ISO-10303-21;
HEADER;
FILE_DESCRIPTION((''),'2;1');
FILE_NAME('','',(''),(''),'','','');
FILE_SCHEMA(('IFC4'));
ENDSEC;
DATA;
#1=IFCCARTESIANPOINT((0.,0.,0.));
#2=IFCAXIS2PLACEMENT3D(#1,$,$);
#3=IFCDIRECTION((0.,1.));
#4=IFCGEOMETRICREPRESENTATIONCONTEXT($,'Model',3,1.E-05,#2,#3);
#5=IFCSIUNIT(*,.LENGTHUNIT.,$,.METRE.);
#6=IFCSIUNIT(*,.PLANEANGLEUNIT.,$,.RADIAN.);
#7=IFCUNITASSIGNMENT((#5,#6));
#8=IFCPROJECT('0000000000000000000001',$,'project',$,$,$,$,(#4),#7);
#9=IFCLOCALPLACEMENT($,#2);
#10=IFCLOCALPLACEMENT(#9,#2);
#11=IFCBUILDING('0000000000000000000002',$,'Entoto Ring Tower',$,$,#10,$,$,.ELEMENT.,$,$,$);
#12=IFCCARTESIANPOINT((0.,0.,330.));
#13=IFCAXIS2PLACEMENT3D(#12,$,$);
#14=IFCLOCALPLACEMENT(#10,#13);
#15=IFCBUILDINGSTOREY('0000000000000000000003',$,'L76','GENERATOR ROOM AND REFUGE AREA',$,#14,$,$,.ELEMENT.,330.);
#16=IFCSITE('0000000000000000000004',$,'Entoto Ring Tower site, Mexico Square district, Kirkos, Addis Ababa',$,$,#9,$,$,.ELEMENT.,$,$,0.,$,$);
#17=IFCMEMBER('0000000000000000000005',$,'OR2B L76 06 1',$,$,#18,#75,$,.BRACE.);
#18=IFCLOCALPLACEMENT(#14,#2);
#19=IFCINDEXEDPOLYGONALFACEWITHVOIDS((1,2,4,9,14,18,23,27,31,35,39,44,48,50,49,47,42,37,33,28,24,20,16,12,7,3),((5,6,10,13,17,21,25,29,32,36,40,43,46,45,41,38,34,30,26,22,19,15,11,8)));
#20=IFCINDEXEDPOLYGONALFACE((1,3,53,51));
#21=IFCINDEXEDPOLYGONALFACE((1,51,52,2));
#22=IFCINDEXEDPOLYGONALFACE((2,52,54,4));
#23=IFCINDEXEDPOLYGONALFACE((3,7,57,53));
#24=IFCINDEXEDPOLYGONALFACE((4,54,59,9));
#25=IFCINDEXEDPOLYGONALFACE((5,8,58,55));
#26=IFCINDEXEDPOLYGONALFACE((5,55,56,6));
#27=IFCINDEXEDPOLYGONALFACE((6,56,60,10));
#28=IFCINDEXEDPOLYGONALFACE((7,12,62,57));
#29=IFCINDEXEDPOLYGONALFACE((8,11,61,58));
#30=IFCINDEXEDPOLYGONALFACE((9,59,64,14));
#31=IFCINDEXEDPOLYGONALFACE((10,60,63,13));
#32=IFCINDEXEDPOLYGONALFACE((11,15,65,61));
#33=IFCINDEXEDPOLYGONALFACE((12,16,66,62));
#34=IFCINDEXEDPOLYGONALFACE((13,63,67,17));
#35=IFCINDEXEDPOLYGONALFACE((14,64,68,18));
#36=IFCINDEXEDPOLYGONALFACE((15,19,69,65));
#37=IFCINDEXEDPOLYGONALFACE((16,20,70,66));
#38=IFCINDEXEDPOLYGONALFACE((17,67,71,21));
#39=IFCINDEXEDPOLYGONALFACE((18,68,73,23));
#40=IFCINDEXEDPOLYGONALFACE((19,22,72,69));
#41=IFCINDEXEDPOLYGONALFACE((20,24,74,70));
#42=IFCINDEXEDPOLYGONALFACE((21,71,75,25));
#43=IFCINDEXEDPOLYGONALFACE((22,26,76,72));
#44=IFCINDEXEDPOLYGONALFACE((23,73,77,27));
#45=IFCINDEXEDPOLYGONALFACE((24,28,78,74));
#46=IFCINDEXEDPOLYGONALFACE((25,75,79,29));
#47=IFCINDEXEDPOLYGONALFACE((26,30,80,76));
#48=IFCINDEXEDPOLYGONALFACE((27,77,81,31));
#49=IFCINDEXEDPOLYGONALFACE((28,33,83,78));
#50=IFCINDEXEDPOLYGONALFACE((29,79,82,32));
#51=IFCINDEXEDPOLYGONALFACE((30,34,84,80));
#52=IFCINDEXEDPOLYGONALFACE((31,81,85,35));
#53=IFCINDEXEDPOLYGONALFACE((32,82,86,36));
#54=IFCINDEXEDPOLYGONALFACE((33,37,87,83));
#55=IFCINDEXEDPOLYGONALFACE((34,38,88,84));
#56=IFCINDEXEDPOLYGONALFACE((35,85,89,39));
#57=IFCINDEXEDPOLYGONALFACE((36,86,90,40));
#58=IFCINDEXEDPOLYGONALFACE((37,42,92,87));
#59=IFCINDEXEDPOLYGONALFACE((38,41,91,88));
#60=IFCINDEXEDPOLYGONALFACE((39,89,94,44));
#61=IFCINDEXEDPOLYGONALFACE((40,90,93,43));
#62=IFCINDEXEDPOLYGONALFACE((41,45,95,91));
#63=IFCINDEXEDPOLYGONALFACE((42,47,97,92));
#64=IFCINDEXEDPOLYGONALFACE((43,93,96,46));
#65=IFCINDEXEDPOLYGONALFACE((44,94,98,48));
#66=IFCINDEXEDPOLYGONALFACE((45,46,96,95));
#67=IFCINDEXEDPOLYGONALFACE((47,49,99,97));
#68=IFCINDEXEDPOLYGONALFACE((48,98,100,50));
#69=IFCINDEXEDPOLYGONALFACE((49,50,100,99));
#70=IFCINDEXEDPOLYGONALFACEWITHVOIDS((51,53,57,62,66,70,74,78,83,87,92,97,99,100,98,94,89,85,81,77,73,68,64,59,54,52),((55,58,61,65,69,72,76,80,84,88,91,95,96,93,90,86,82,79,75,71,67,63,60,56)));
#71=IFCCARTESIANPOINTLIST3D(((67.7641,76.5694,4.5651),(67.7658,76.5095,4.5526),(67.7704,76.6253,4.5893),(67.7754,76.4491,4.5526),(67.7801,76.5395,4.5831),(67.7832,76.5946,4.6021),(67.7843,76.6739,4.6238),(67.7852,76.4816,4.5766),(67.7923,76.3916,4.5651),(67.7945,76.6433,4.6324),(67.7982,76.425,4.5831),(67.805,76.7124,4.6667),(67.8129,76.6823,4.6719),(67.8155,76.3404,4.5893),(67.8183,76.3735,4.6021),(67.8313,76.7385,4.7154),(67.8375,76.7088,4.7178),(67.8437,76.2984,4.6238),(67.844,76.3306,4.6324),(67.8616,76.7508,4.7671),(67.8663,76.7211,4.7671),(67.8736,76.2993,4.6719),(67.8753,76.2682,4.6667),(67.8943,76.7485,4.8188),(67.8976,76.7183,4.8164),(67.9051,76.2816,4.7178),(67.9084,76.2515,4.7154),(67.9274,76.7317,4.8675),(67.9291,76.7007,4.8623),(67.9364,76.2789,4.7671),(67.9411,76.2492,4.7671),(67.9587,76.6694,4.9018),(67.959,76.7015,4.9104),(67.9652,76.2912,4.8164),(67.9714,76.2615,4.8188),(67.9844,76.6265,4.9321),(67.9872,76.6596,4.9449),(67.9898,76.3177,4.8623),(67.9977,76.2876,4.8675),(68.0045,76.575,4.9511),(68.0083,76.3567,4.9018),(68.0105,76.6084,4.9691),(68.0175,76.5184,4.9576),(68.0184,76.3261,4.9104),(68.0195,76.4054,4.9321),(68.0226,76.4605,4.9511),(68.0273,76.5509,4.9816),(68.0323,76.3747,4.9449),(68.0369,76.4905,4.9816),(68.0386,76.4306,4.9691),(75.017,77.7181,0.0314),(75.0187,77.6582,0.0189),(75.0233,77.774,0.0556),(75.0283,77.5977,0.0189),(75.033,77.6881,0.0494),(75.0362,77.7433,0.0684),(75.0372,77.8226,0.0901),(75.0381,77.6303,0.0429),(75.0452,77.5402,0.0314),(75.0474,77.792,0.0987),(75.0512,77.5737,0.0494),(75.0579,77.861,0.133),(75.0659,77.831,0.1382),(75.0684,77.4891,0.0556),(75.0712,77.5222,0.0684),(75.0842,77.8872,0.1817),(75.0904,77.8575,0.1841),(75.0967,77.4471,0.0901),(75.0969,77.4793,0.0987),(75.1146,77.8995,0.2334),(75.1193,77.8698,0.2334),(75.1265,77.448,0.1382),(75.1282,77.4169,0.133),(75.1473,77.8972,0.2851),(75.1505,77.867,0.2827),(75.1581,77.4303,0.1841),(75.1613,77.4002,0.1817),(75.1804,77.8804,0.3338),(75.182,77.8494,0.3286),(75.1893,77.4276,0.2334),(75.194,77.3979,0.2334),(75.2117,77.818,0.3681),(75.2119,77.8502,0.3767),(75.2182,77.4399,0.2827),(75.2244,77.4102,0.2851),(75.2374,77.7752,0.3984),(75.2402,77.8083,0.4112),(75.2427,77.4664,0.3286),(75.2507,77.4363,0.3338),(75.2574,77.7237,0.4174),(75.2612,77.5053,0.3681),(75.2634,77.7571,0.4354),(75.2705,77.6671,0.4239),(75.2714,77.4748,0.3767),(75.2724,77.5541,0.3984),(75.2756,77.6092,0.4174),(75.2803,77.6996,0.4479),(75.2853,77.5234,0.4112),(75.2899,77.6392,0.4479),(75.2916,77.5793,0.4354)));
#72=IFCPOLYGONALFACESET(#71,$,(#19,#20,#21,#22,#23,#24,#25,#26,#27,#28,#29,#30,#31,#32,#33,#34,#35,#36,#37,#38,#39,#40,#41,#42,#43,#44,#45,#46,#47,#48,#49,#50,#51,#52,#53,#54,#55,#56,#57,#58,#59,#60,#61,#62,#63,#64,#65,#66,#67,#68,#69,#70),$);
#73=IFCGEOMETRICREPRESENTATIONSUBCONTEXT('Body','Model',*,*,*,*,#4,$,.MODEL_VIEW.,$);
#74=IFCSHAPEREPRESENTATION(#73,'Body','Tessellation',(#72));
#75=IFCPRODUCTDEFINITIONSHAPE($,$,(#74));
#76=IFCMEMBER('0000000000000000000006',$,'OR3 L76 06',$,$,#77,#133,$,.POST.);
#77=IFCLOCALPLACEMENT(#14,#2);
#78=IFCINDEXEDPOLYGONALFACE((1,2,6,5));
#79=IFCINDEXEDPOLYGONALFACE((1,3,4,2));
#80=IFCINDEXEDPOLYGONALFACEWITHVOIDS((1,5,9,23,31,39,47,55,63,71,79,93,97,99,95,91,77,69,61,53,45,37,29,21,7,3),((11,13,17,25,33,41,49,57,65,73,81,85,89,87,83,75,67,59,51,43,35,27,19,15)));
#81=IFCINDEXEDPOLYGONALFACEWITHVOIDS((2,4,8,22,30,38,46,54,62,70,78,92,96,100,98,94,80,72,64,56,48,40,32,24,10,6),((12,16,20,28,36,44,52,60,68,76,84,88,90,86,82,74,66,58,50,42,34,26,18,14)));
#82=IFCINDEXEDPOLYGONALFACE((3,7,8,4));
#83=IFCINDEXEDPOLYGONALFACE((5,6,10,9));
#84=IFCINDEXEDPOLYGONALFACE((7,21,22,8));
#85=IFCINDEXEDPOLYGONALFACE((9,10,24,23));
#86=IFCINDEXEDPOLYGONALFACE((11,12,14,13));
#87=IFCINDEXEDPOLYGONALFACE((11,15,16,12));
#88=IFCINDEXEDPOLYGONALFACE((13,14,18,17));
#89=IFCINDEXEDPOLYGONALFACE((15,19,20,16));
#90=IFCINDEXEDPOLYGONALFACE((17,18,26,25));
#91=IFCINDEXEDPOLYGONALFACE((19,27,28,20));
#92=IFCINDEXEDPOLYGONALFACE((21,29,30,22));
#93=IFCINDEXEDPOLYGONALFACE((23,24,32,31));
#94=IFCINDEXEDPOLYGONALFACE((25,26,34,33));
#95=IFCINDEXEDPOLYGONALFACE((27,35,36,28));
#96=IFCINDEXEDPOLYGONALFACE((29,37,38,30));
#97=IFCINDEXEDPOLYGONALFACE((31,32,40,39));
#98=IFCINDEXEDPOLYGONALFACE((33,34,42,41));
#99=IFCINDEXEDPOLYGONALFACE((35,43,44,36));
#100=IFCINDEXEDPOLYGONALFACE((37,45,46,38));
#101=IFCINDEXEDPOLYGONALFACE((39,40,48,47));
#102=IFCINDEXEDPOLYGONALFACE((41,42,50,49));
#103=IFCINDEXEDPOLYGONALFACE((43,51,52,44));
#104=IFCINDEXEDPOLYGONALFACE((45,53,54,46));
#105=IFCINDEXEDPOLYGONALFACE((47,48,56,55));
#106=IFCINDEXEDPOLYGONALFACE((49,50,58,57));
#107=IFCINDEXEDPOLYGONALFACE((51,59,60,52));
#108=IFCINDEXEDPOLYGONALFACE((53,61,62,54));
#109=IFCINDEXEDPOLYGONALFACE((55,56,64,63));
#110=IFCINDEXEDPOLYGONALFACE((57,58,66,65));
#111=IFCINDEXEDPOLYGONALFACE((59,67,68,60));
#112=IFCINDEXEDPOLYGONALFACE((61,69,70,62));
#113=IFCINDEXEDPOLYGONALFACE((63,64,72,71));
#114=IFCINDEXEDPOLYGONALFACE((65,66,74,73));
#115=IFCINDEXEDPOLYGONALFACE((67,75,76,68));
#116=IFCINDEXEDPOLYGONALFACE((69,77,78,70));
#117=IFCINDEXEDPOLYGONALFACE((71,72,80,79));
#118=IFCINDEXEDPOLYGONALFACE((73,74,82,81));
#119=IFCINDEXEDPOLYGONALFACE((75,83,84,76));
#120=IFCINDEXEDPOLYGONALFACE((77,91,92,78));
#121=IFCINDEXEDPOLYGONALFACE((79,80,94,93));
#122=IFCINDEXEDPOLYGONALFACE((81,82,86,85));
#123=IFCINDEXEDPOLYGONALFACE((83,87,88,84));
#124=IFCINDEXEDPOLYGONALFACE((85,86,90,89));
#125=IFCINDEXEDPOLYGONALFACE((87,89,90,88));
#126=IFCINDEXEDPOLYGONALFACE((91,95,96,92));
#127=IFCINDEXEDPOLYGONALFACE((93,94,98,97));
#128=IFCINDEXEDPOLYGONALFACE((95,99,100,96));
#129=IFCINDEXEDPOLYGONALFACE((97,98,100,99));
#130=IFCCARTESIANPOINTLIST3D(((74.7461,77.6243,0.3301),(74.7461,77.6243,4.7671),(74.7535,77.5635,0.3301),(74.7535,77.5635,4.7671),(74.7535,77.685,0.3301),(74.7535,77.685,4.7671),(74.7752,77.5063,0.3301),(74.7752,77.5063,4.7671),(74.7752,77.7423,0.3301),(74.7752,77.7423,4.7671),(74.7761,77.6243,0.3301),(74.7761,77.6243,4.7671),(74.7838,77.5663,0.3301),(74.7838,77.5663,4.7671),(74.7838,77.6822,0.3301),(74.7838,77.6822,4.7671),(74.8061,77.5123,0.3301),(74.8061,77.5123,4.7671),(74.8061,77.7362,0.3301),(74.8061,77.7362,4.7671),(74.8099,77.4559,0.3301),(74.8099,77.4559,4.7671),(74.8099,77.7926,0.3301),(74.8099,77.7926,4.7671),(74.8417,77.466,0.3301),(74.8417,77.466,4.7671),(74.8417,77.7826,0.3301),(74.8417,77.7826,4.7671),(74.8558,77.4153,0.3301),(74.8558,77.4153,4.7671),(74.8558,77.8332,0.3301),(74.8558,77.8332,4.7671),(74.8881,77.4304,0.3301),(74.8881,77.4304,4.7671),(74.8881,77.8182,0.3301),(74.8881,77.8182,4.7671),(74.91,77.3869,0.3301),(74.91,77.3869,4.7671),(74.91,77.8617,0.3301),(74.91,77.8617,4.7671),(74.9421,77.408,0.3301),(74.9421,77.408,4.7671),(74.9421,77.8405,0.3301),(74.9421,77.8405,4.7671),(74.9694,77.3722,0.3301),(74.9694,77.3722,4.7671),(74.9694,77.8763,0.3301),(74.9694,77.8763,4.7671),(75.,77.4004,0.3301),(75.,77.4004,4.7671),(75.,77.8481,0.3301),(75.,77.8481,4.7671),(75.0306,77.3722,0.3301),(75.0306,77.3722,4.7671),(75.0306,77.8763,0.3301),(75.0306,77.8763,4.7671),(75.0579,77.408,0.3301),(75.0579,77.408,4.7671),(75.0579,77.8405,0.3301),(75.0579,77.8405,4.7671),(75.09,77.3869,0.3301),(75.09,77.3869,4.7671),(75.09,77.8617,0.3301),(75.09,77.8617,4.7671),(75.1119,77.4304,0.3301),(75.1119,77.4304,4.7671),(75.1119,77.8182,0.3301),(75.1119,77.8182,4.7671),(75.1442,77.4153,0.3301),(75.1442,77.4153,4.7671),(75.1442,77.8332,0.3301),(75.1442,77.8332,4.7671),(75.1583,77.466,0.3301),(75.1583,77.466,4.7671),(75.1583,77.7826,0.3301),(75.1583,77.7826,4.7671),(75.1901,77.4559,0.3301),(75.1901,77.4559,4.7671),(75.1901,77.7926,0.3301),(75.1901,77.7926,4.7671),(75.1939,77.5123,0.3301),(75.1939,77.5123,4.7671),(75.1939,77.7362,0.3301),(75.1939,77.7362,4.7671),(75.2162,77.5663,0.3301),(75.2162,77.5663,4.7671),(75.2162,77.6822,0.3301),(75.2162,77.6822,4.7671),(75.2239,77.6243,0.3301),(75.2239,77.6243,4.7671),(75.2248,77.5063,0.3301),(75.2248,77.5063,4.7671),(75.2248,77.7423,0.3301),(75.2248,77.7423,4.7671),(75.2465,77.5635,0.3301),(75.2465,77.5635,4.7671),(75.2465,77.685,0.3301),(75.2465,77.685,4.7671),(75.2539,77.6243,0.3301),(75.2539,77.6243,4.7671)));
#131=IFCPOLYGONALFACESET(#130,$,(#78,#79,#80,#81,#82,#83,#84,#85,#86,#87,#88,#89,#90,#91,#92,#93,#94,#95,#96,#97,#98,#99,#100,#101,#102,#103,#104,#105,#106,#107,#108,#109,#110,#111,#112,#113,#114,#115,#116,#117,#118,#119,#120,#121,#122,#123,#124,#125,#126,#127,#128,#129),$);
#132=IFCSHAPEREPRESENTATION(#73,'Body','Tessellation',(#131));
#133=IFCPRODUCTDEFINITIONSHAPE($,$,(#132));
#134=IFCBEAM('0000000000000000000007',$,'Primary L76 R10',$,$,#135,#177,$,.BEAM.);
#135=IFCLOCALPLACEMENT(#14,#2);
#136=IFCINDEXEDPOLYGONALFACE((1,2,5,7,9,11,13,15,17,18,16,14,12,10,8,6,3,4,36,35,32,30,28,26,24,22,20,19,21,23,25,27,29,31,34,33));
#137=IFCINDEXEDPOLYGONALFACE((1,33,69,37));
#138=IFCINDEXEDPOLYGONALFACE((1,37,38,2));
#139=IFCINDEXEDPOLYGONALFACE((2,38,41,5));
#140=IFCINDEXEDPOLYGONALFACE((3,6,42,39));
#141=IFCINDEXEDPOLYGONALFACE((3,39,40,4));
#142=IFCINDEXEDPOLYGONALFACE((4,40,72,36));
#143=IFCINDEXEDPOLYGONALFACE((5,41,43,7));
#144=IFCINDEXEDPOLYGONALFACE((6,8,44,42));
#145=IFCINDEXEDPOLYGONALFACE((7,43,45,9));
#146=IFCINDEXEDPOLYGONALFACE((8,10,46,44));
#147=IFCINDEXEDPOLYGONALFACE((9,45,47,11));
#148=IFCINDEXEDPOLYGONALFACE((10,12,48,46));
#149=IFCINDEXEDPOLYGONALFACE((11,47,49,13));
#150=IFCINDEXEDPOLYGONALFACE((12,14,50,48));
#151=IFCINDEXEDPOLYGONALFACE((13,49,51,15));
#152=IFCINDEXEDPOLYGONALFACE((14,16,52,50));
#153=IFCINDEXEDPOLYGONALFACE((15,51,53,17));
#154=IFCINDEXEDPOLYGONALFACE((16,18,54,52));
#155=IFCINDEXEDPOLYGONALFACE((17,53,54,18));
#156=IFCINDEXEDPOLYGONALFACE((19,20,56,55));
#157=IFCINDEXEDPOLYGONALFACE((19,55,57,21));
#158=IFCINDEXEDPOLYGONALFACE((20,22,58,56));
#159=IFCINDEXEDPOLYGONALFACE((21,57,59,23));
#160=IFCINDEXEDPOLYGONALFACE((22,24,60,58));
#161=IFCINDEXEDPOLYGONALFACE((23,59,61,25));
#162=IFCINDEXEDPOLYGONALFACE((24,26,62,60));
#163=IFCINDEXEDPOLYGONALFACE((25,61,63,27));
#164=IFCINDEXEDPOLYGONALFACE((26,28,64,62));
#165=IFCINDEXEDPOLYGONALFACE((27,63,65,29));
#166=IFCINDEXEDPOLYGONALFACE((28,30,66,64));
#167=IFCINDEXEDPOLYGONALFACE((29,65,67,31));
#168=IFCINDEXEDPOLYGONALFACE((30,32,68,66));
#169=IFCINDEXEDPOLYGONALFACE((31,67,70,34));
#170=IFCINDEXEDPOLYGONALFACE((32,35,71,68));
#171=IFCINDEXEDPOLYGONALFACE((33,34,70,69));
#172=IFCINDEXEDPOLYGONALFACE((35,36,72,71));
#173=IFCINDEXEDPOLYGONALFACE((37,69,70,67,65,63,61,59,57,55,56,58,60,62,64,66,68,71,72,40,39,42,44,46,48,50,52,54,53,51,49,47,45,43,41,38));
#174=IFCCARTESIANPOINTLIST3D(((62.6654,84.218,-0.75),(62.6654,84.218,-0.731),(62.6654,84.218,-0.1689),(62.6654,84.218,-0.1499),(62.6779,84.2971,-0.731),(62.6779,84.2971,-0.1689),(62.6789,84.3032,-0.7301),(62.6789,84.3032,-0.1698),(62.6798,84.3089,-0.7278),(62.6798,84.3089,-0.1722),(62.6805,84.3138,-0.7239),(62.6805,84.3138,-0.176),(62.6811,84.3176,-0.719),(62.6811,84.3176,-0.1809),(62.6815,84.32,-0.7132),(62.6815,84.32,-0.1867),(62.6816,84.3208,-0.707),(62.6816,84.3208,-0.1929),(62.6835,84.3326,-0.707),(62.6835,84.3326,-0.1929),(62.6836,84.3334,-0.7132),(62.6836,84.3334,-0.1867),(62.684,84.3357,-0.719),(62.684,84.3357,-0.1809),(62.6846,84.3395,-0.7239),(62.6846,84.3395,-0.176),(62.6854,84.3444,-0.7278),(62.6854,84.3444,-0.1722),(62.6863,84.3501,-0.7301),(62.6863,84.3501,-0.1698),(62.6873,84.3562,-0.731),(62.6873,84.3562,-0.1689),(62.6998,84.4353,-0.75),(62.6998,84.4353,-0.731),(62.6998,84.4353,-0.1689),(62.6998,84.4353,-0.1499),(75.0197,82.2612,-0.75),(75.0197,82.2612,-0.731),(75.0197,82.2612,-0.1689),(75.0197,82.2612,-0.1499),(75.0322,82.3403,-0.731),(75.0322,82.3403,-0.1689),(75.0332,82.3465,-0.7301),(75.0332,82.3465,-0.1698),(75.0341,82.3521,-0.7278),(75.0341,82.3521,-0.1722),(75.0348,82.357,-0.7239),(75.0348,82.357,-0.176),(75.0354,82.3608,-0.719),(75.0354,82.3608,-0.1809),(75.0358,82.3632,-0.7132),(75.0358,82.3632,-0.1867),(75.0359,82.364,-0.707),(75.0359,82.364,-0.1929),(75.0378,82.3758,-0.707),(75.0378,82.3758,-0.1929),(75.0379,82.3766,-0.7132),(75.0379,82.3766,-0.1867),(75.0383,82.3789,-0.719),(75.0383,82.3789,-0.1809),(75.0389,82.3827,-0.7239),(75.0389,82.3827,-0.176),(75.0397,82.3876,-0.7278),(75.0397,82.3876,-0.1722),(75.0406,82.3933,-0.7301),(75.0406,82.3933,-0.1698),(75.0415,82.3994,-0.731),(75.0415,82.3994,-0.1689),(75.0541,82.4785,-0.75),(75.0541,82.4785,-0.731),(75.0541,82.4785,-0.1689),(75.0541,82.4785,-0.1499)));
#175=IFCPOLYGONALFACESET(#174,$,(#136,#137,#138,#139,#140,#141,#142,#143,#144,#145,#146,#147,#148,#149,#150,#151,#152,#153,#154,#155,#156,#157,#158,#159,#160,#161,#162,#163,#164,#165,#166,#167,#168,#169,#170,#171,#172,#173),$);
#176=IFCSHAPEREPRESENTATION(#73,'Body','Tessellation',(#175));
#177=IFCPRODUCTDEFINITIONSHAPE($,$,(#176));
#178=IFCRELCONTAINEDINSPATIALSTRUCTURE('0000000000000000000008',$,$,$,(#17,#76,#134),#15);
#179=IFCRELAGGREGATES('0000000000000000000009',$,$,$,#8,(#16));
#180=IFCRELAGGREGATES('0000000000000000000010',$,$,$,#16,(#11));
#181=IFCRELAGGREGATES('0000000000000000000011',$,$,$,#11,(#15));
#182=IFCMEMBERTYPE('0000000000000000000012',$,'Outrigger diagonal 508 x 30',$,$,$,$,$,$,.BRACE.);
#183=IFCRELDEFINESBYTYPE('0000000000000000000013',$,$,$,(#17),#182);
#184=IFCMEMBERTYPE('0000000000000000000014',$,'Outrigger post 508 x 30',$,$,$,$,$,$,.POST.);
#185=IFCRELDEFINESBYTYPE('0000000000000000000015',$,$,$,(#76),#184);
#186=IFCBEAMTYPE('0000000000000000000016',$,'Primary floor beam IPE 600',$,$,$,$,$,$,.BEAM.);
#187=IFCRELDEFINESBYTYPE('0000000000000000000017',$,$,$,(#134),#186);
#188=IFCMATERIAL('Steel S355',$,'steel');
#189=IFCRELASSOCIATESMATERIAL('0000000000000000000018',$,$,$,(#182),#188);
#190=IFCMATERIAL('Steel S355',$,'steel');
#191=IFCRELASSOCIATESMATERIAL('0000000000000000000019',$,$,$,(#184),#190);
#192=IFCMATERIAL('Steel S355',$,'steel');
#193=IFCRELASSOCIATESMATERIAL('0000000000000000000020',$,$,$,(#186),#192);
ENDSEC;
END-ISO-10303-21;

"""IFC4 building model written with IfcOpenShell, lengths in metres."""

from ifc_helpers import new_model, si_unit, direction, frame, origin, origin_2d, place, context, subcontext, project, spatial, circle, hollow_circle, i_section, extrude, material, material_profile, profile_set, type_object, element, save


model = new_model("IFC4")

# Units and contexts
model_context = context("Model", 3, precision=1e-05, world=origin(), true_north=direction((0.0, 1.0)))
body_context = subcontext(model_context, "Body", "Model", "MODEL_VIEW")
ifc_project = project(units=[si_unit("LENGTHUNIT", "METRE"), si_unit("PLANEANGLEUNIT", "RADIAN")], contexts=[model_context])

# Site, building, storey
site_placement = place(None, origin())
site = spatial("IfcSite", under=ifc_project, at=site_placement, Name="Entoto Ring Tower site, Mexico Square district, Kirkos, Addis Ababa", CompositionType="ELEMENT", RefElevation=0.0)
building_placement = place(site_placement, origin())
building = spatial("IfcBuilding", under=site, at=building_placement, Name="Entoto Ring Tower", CompositionType="ELEMENT")
storey_placement = place(building_placement, frame((0.0, 0.0, 330.0)))
storey = spatial("IfcBuildingStorey", under=building, at=storey_placement, Name="L76", Description="GENERATOR ROOM AND REFUGE AREA", CompositionType="ELEMENT", Elevation=330.0)

# Members
ifc_material_1 = material(Name="Steel S355", Category="steel")
ifc_material_profile_1 = material_profile(ifc_material_1, hollow_circle(Radius=0.2539, WallThickness=0.03, at=origin_2d()), Name="CHS 508 x 30")
ifc_material_2 = material(Name="Concrete C60/75", Category="concrete")
ifc_material_profile_2 = material_profile(ifc_material_2, circle(Radius=0.2241, at=origin_2d()), Name="Concrete C60/75 infill")
ifc_profile_set_1 = profile_set([ifc_material_profile_1, ifc_material_profile_2], Name="Steel S355")
member_type_1 = type_object("IfcMemberType", Name="Outrigger diagonal 508 x 30", PredefinedType="BRACE", material=ifc_profile_set_1)
member_1_placement = place(storey_placement, frame((75.1543, 77.6487, 0.2334), z_axis=(-0.840421, -0.133102, 0.525334), x_axis=(0.156425, -0.98769, 0.0)))
element("IfcMember", 1, at=member_1_placement, inside=storey, type_object=member_type_1, Name="OR2B L76 06 1", PredefinedType="BRACE", context=body_context, shape_type="SweptSolid", body=[
    extrude(hollow_circle(Radius=0.2539, WallThickness=0.03, at=origin_2d()), origin(), (0.0, 0.0, 1.0), 8.6301),
])
ifc_material_3 = material(Name="Steel S355", Category="steel")
ifc_material_profile_3 = material_profile(ifc_material_3, hollow_circle(Radius=0.2539, WallThickness=0.03, at=origin_2d()), Name="CHS 508 x 30")
ifc_material_4 = material(Name="Concrete C60/75", Category="concrete")
ifc_material_profile_4 = material_profile(ifc_material_4, circle(Radius=0.2241, at=origin_2d()), Name="Concrete C60/75 infill")
ifc_profile_set_2 = profile_set([ifc_material_profile_3, ifc_material_profile_4], Name="Steel S355")
member_type_2 = type_object("IfcMemberType", Name="Outrigger post 508 x 30", PredefinedType="POST", material=ifc_profile_set_2)
member_2_placement = place(storey_placement, frame((75.0, 77.6243, 0.3301), z_axis=(0.0, 0.0, 1.0), x_axis=(1.0, 0.0, 0.0)))
element("IfcMember", 2, at=member_2_placement, inside=storey, type_object=member_type_2, Name="OR3 L76 06", PredefinedType="POST", context=body_context, shape_type="SweptSolid", body=[
    extrude(hollow_circle(Radius=0.2539, WallThickness=0.03, at=origin_2d()), origin(), (0.0, 0.0, 1.0), 4.437),
])

# Beam
ifc_material_5 = material(Name="Steel S355", Category="steel")
ifc_material_profile_5 = material_profile(ifc_material_5, i_section(OverallWidth=0.22, OverallDepth=0.6001, WebThickness=0.012, FlangeThickness=0.019, FilletRadius=0.0239, at=origin_2d()), Name="IPE 600")
ifc_profile_set_3 = profile_set([ifc_material_profile_5], Name="Steel S355")
beam_type_1 = type_object("IfcBeamType", Name="Primary floor beam IPE 600", PredefinedType="BEAM", material=ifc_profile_set_3)
for number, where, z_axis, x_axis, name in (
    (3, (75.0369, 82.3699, -0.45), (-0.987688, 0.15644, 0.0), (-0.15644, -0.987688, 0.0), "Primary L76 R10"),
):
    element("IfcBeam", number, at=place(storey_placement, frame(where, z_axis=z_axis, x_axis=x_axis)), inside=storey, type_object=beam_type_1, Name=name, PredefinedType="BEAM", context=body_context, shape_type="SweptSolid", body=[
        extrude(i_section(OverallWidth=0.22, OverallDepth=0.6001, WebThickness=0.012, FlangeThickness=0.019, FilletRadius=0.0239, at=origin_2d()), origin(), (0.0, 0.0, 1.0), 12.5083),
    ])

save(model, "model.ifc")
